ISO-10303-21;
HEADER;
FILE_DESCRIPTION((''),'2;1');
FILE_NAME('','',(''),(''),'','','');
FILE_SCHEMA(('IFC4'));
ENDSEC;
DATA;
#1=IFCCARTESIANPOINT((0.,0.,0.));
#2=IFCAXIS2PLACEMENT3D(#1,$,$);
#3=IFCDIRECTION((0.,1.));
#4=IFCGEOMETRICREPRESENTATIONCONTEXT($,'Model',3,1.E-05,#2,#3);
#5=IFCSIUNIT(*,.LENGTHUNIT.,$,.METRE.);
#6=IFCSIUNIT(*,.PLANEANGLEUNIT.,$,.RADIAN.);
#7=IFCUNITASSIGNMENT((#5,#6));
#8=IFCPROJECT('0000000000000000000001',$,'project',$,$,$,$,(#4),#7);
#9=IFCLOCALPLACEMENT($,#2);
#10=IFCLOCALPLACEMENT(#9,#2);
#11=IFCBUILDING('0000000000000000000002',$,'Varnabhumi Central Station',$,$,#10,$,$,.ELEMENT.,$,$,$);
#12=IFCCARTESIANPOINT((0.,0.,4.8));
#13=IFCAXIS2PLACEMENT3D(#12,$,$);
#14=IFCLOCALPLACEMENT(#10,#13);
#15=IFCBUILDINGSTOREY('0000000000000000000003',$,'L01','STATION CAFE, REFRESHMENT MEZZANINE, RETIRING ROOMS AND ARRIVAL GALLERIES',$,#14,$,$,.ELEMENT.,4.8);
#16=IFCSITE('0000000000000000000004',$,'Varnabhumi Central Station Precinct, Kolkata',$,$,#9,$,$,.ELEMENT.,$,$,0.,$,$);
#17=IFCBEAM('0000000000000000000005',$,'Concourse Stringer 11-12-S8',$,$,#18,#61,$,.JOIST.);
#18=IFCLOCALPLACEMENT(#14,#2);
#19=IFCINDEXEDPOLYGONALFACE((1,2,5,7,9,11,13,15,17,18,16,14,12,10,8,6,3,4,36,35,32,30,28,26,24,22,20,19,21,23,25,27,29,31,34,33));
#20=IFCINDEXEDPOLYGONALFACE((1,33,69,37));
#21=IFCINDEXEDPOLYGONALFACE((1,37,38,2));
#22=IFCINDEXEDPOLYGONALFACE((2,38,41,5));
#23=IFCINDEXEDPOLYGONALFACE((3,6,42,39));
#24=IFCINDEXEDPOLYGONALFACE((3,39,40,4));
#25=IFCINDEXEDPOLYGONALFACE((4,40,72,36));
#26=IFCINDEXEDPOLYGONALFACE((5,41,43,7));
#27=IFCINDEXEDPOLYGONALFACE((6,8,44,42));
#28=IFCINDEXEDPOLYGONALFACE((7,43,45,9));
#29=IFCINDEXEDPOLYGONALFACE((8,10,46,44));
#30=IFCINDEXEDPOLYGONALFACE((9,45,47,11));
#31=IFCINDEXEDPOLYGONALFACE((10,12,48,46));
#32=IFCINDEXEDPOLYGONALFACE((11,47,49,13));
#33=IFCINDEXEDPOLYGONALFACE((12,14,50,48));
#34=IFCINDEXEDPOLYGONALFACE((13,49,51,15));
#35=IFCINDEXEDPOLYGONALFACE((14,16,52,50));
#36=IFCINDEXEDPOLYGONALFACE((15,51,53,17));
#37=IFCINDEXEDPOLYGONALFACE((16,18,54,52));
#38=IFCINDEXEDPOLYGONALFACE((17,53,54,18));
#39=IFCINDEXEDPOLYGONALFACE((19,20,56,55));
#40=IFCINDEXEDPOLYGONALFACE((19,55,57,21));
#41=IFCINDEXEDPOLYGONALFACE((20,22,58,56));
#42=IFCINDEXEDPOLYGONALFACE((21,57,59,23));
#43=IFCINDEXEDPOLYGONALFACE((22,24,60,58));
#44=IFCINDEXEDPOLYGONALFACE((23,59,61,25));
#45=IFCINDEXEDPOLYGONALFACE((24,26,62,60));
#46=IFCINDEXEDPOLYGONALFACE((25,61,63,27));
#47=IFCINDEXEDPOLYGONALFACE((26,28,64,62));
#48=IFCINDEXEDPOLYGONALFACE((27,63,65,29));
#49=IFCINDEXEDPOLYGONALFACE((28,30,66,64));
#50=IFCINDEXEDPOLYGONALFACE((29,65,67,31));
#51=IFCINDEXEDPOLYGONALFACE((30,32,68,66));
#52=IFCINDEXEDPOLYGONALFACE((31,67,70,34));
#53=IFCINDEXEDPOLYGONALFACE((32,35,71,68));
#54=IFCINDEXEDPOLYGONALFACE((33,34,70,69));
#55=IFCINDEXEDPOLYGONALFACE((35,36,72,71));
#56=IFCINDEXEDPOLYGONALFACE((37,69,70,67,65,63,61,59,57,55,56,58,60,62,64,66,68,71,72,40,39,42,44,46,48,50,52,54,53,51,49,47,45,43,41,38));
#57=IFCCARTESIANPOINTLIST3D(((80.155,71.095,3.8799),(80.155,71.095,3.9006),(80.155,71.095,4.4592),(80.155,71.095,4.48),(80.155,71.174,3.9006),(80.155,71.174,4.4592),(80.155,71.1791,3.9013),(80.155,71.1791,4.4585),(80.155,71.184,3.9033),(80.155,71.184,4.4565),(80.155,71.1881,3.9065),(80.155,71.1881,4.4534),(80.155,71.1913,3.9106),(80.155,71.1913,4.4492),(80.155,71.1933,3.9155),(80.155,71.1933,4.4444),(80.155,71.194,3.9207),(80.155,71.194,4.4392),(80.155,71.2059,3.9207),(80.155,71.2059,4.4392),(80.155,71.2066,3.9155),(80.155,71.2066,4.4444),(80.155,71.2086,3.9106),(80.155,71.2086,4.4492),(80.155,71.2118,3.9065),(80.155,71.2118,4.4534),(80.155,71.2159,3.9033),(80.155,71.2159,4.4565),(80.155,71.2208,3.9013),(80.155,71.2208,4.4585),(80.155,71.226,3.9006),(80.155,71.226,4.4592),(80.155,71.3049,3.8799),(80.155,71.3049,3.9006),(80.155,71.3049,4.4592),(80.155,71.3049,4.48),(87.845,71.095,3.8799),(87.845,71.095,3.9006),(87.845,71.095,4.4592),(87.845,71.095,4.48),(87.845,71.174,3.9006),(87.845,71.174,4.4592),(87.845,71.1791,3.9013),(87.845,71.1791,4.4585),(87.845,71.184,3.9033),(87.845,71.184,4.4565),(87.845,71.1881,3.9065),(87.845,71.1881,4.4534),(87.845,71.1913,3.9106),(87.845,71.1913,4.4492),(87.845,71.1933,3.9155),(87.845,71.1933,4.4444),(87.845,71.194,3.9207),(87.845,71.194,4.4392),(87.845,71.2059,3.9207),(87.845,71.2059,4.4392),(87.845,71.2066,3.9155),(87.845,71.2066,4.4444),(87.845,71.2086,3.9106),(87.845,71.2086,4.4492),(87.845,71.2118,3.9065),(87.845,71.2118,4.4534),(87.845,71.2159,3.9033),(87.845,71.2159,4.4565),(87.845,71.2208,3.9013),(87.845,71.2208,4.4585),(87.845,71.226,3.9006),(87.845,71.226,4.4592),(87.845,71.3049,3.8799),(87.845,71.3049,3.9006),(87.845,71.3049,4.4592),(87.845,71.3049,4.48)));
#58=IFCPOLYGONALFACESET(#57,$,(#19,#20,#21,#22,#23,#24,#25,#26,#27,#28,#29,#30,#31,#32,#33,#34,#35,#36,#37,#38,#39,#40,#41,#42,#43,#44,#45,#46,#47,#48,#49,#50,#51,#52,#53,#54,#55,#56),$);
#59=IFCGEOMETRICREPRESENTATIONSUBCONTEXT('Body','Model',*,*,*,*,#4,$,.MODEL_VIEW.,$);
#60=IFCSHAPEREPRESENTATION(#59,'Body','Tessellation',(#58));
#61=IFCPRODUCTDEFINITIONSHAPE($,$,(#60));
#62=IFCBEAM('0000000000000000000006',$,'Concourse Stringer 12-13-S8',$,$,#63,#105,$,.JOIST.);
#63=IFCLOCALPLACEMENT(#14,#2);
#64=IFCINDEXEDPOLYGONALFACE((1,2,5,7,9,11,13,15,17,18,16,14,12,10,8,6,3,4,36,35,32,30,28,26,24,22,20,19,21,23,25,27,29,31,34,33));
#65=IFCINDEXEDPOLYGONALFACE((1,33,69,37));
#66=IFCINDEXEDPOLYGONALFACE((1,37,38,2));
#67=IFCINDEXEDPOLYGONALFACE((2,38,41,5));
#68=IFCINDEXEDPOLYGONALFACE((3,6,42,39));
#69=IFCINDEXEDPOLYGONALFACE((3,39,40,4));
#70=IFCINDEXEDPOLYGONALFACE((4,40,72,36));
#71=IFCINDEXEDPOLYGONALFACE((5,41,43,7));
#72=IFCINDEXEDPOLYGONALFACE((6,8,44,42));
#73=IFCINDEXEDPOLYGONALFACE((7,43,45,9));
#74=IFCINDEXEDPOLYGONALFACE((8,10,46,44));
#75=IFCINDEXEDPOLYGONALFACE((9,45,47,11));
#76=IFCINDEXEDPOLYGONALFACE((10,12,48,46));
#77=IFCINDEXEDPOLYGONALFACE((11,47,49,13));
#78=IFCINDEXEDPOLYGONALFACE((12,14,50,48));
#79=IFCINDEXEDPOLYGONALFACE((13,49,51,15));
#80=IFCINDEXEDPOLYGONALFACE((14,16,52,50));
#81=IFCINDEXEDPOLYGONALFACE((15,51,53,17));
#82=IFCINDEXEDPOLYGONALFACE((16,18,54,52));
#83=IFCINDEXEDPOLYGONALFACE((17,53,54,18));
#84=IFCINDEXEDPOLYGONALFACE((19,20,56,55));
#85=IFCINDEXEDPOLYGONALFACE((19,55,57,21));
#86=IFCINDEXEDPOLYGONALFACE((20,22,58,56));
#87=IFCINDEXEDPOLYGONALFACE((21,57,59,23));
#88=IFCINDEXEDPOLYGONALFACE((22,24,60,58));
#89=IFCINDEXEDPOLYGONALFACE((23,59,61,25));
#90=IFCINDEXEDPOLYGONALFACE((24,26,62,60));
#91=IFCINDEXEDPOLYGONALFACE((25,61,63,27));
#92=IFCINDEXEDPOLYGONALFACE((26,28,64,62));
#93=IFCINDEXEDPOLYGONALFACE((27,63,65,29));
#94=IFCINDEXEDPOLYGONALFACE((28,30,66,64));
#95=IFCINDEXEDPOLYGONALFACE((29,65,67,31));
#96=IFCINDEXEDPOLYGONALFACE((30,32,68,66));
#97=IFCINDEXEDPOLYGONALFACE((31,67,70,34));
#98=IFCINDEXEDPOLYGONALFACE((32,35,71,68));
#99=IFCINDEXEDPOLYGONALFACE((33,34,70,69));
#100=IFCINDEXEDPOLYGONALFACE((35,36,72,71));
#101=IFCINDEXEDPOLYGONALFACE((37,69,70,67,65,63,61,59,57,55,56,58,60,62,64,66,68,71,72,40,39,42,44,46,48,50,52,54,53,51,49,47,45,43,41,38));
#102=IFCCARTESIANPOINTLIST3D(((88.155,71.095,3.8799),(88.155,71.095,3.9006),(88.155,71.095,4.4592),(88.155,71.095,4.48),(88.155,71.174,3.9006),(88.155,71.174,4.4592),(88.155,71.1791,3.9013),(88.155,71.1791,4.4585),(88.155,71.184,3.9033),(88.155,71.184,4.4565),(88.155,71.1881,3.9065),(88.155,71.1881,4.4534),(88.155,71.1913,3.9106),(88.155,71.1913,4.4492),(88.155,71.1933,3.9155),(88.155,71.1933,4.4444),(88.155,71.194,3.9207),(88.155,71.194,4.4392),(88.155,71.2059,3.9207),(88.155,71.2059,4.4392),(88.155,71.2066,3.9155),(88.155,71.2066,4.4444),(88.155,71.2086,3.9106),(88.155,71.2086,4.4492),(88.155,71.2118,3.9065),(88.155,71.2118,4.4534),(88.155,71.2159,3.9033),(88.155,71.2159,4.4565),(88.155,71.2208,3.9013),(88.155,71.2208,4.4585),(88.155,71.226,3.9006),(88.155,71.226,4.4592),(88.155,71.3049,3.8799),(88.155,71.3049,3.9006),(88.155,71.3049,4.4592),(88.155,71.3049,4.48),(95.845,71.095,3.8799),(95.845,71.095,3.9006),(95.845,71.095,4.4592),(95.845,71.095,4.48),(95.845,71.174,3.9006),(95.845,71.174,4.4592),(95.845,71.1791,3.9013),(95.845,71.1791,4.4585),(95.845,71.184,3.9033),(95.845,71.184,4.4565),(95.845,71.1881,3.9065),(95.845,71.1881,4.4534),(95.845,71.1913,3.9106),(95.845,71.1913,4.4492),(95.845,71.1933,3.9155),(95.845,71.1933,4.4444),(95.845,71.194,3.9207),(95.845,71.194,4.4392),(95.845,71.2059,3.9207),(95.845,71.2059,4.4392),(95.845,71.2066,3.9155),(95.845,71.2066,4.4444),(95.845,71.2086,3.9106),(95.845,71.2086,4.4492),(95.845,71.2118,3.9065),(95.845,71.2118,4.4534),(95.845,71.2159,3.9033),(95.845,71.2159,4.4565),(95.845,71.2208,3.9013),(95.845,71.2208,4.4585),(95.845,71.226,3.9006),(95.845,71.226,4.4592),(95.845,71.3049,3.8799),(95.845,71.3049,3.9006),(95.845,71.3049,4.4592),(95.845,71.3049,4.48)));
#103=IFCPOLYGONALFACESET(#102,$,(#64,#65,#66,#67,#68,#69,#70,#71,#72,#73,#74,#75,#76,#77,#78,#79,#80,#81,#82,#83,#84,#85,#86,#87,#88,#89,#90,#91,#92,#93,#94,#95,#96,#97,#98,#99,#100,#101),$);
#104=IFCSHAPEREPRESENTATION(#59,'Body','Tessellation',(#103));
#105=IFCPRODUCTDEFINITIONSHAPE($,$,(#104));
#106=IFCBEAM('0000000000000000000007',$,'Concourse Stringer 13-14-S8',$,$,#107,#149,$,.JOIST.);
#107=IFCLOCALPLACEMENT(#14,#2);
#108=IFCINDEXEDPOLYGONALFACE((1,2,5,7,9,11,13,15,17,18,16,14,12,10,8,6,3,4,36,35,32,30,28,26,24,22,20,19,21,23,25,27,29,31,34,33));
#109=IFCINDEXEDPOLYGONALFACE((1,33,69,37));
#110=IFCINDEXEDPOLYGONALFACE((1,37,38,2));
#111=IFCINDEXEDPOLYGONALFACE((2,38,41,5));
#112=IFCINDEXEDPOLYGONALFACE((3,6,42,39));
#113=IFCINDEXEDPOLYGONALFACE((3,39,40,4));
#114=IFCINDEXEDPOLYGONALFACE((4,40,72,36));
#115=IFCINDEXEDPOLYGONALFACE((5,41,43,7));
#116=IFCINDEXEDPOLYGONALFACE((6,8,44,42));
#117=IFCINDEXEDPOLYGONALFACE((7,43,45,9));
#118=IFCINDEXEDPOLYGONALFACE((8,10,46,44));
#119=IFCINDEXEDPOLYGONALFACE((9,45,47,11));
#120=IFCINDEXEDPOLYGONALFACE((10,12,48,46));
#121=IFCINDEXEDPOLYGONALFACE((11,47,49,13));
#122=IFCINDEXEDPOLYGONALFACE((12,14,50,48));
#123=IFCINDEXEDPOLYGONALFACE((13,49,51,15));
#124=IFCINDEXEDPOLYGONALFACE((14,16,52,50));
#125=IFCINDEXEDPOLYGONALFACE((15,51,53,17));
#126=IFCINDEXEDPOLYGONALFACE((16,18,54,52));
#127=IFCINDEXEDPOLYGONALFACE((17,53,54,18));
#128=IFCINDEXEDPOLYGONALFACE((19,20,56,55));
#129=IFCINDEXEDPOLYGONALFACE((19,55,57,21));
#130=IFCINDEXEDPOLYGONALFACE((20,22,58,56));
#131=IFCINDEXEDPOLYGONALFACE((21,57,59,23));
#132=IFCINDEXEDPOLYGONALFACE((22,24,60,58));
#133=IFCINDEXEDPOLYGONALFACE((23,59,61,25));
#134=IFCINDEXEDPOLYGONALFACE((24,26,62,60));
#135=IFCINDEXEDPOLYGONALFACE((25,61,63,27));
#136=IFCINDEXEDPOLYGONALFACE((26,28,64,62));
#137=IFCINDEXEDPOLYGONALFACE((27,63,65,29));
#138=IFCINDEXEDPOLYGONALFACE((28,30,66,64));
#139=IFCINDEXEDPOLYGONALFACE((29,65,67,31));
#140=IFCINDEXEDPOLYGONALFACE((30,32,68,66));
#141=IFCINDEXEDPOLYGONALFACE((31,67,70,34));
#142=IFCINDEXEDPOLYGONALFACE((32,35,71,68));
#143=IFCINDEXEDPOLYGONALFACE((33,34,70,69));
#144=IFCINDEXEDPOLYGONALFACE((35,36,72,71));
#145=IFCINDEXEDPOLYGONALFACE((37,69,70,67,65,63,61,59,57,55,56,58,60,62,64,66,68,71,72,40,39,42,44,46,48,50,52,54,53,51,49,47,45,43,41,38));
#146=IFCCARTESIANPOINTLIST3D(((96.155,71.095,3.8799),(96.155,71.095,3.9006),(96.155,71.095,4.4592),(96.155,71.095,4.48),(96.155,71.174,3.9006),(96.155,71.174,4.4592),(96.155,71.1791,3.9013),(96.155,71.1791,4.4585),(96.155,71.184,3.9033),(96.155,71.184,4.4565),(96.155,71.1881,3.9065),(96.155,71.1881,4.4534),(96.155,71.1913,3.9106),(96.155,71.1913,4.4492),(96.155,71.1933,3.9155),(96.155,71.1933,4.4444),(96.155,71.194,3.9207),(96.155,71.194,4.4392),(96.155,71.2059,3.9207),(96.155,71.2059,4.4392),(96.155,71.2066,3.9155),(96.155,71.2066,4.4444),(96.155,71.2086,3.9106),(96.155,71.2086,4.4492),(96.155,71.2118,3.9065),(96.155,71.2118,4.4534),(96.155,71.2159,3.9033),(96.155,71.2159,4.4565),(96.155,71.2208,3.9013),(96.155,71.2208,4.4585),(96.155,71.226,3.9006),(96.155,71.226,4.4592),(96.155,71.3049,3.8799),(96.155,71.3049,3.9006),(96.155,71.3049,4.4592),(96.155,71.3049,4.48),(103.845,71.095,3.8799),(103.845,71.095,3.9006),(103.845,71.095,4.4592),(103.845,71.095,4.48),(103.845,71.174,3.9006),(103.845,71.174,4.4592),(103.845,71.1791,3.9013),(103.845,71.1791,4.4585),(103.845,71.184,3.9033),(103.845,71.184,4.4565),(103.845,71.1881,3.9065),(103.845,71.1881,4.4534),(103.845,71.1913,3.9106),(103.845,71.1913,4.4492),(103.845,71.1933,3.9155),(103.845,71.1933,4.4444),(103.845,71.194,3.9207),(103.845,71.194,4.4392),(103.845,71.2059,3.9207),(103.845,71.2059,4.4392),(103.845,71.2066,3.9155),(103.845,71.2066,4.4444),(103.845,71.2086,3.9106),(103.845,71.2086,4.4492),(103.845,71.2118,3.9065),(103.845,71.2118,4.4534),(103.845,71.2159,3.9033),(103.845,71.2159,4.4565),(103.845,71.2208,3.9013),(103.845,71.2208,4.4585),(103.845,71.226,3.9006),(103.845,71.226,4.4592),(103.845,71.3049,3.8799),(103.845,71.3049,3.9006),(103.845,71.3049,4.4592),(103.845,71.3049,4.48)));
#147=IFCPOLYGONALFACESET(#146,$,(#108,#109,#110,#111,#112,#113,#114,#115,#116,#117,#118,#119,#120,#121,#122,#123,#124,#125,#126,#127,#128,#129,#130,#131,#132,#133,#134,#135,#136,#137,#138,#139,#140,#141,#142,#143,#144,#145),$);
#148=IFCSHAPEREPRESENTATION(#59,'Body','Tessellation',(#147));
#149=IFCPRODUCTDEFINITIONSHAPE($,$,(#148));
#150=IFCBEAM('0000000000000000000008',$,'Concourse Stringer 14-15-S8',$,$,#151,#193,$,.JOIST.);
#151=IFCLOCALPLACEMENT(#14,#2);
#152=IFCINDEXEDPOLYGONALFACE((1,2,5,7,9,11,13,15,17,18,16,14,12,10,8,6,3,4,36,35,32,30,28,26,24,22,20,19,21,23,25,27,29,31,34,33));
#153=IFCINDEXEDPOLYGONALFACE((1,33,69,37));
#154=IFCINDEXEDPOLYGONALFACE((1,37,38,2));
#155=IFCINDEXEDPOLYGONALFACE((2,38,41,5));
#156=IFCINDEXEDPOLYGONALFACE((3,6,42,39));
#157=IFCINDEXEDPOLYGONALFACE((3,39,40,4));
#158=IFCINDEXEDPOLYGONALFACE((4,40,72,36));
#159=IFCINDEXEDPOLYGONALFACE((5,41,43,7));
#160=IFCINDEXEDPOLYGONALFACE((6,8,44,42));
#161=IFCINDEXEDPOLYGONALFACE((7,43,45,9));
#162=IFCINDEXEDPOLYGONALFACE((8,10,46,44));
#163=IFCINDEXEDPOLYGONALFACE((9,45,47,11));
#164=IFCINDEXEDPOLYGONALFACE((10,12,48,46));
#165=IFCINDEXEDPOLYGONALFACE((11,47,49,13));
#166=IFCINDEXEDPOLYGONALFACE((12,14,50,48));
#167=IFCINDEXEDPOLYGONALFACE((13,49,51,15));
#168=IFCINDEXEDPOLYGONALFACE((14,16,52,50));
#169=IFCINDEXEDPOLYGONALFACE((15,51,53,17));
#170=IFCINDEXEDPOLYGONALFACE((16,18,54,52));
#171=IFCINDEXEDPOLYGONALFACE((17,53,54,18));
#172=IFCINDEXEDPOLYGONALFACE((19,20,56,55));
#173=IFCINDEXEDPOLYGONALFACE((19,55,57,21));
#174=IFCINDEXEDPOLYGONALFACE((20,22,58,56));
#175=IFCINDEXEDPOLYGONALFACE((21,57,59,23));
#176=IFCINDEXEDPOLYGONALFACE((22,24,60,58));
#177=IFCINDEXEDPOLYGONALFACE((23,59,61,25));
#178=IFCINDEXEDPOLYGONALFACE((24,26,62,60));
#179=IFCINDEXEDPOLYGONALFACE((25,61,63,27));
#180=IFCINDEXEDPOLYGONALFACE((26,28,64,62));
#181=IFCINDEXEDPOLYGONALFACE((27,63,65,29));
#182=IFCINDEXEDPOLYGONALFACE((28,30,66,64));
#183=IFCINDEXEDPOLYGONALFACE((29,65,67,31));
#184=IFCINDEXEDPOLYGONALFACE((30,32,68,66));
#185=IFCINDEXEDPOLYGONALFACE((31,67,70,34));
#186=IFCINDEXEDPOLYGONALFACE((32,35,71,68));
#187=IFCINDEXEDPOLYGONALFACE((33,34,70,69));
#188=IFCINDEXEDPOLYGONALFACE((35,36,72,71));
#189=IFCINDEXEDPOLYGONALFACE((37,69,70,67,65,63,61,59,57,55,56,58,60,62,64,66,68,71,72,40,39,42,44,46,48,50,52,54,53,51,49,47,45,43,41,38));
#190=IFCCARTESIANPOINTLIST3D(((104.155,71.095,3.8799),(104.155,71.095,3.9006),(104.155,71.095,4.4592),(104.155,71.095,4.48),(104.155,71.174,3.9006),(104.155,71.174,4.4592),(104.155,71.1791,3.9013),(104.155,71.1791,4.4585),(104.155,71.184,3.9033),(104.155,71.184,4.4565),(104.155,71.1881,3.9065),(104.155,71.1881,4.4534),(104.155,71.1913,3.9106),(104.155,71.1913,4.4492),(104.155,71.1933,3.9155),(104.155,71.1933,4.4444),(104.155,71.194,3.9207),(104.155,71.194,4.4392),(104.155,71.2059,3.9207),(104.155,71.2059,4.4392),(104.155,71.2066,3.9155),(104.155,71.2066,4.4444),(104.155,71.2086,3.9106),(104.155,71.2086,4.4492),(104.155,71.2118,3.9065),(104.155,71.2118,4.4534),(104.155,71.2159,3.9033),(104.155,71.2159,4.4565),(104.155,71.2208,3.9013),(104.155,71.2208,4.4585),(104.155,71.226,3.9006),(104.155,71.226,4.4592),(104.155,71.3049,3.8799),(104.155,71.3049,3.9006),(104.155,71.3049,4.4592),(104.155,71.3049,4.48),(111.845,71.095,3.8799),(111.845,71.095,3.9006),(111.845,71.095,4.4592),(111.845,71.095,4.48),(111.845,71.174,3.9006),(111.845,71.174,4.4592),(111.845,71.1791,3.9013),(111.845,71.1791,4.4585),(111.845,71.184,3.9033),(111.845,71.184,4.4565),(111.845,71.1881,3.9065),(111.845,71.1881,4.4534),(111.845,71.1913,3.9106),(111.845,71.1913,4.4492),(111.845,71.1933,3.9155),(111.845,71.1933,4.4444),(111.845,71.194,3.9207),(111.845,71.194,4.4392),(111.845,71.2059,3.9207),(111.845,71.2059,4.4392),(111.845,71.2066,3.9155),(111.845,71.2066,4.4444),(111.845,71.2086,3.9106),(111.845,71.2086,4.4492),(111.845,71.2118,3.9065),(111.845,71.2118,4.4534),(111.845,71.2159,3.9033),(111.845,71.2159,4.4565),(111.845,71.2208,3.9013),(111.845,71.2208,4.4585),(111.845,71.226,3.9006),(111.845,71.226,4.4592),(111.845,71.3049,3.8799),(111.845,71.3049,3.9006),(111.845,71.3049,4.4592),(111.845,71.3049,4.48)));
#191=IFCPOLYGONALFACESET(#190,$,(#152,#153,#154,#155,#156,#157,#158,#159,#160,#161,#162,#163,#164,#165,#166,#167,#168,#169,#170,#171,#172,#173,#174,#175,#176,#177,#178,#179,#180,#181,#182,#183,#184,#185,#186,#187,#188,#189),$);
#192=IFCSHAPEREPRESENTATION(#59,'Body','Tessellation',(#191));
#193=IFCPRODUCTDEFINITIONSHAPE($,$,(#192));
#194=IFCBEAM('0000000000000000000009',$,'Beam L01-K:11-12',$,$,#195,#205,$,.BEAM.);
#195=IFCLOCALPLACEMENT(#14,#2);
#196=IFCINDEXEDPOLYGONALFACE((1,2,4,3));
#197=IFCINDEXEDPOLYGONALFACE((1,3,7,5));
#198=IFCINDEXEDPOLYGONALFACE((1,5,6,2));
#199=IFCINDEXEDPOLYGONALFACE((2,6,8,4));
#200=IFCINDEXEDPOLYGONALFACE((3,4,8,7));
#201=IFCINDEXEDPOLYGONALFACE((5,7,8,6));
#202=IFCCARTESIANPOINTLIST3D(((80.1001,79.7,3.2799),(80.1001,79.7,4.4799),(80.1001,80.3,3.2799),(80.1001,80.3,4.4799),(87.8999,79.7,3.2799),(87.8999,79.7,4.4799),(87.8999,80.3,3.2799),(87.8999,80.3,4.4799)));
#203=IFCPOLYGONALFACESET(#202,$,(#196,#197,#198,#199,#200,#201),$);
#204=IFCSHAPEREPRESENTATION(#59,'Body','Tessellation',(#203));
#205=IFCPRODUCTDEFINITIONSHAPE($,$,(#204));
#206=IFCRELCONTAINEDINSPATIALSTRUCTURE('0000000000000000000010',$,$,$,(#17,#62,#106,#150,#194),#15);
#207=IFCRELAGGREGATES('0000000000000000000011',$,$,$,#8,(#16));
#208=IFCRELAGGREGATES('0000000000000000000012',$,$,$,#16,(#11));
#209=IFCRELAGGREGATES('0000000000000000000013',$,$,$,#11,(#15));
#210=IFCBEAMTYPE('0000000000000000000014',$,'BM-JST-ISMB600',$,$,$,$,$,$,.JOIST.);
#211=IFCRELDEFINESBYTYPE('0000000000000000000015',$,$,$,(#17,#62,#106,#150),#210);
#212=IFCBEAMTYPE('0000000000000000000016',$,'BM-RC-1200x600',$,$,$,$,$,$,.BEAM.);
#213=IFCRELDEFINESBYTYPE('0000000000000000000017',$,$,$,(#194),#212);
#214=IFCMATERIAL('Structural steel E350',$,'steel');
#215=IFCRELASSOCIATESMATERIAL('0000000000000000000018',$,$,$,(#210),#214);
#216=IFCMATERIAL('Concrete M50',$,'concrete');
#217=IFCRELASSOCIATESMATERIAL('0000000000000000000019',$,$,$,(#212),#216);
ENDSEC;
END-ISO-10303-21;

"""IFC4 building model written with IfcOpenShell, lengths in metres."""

from ifc_helpers import new_model, si_unit, direction, frame, origin, origin_2d, place, context, subcontext, project, spatial, rectangle, i_section, extrude, material, material_profile, profile_set, type_object, element, save


model = new_model("IFC4")

# Units and contexts
model_context = context("Model", 3, precision=1e-05, world=origin(), true_north=direction((0.0, 1.0)))
body_context = subcontext(model_context, "Body", "Model", "MODEL_VIEW")
ifc_project = project(units=[si_unit("LENGTHUNIT", "METRE"), si_unit("PLANEANGLEUNIT", "RADIAN")], contexts=[model_context])

# Site, building, storey
site_placement = place(None, origin())
site = spatial("IfcSite", under=ifc_project, at=site_placement, Name="Varnabhumi Central Station Precinct, Kolkata", CompositionType="ELEMENT", RefElevation=0.0)
building_placement = place(site_placement, origin())
building = spatial("IfcBuilding", under=site, at=building_placement, Name="Varnabhumi Central Station", CompositionType="ELEMENT")
storey_placement = place(building_placement, frame((0.0, 0.0, 4.8)))
storey = spatial("IfcBuildingStorey", under=building, at=storey_placement, Name="L01", Description="STATION CAFE, REFRESHMENT MEZZANINE, RETIRING ROOMS AND ARRIVAL GALLERIES", CompositionType="ELEMENT", Elevation=4.8)

# Shared definitions
ifc_material_1 = material(Name="Concrete M50", Category="concrete")

# Beams
ifc_material_2 = material(Name="Structural steel E350", Category="steel")
ifc_material_profile_1 = material_profile(ifc_material_2, i_section(OverallWidth=0.21, OverallDepth=0.6001, WebThickness=0.012, FlangeThickness=0.0208, FilletRadius=0.02, at=origin_2d()), Name="Structural steel E350", Category="steel")
ifc_profile_set_1 = profile_set([ifc_material_profile_1], Name="Structural steel E350")
beam_type_1 = type_object("IfcBeamType", Name="BM-JST-ISMB600", PredefinedType="JOIST", material=ifc_profile_set_1)
for number, where, z_axis, x_axis, name in (
    (1, (80.155, 71.2, 4.1799), (1.0, 0.0, 0.0), (0.0, 1.0, 0.0), "Concourse Stringer 11-12-S8"),
    (2, (88.155, 71.2, 4.1799), (1.0, 0.0, 0.0), (0.0, 1.0, 0.0), "Concourse Stringer 12-13-S8"),
    (3, (96.155, 71.2, 4.1799), (1.0, 0.0, 0.0), (0.0, 1.0, 0.0), "Concourse Stringer 13-14-S8"),
    (4, (104.155, 71.2, 4.1799), (1.0, 0.0, 0.0), (0.0, 1.0, 0.0), "Concourse Stringer 14-15-S8"),
):
    element("IfcBeam", number, at=place(storey_placement, frame(where, z_axis=z_axis, x_axis=x_axis)), inside=storey, type_object=beam_type_1, Name=name, PredefinedType="JOIST", context=body_context, shape_type="SweptSolid", body=[
        extrude(i_section(OverallWidth=0.21, OverallDepth=0.6001, WebThickness=0.012, FlangeThickness=0.0208, FilletRadius=0.02, at=origin_2d()), origin(), (0.0, 0.0, 1.0), 7.6899),
    ])
ifc_material_profile_2 = material_profile(ifc_material_1, rectangle(XDim=0.6001, YDim=1.2, at=origin_2d()), Name="Concrete M50", Category="concrete")
ifc_profile_set_2 = profile_set([ifc_material_profile_2], Name="Concrete M50")
beam_type_2 = type_object("IfcBeamType", Name="BM-RC-1200x600", PredefinedType="BEAM", material=ifc_profile_set_2)
for number, where, z_axis, x_axis, name in (
    (5, (80.1001, 80.0, 3.8799), (1.0, 0.0, 0.0), (0.0, 1.0, 0.0), "Beam L01-K:11-12"),
):
    element("IfcBeam", number, at=place(storey_placement, frame(where, z_axis=z_axis, x_axis=x_axis)), inside=storey, type_object=beam_type_2, Name=name, PredefinedType="BEAM", context=body_context, shape_type="SweptSolid", body=[
        extrude(rectangle(XDim=0.6001, YDim=1.2, at=origin_2d()), origin(), (0.0, 0.0, 1.0), 7.7998),
    ])

save(model, "model.ifc")
